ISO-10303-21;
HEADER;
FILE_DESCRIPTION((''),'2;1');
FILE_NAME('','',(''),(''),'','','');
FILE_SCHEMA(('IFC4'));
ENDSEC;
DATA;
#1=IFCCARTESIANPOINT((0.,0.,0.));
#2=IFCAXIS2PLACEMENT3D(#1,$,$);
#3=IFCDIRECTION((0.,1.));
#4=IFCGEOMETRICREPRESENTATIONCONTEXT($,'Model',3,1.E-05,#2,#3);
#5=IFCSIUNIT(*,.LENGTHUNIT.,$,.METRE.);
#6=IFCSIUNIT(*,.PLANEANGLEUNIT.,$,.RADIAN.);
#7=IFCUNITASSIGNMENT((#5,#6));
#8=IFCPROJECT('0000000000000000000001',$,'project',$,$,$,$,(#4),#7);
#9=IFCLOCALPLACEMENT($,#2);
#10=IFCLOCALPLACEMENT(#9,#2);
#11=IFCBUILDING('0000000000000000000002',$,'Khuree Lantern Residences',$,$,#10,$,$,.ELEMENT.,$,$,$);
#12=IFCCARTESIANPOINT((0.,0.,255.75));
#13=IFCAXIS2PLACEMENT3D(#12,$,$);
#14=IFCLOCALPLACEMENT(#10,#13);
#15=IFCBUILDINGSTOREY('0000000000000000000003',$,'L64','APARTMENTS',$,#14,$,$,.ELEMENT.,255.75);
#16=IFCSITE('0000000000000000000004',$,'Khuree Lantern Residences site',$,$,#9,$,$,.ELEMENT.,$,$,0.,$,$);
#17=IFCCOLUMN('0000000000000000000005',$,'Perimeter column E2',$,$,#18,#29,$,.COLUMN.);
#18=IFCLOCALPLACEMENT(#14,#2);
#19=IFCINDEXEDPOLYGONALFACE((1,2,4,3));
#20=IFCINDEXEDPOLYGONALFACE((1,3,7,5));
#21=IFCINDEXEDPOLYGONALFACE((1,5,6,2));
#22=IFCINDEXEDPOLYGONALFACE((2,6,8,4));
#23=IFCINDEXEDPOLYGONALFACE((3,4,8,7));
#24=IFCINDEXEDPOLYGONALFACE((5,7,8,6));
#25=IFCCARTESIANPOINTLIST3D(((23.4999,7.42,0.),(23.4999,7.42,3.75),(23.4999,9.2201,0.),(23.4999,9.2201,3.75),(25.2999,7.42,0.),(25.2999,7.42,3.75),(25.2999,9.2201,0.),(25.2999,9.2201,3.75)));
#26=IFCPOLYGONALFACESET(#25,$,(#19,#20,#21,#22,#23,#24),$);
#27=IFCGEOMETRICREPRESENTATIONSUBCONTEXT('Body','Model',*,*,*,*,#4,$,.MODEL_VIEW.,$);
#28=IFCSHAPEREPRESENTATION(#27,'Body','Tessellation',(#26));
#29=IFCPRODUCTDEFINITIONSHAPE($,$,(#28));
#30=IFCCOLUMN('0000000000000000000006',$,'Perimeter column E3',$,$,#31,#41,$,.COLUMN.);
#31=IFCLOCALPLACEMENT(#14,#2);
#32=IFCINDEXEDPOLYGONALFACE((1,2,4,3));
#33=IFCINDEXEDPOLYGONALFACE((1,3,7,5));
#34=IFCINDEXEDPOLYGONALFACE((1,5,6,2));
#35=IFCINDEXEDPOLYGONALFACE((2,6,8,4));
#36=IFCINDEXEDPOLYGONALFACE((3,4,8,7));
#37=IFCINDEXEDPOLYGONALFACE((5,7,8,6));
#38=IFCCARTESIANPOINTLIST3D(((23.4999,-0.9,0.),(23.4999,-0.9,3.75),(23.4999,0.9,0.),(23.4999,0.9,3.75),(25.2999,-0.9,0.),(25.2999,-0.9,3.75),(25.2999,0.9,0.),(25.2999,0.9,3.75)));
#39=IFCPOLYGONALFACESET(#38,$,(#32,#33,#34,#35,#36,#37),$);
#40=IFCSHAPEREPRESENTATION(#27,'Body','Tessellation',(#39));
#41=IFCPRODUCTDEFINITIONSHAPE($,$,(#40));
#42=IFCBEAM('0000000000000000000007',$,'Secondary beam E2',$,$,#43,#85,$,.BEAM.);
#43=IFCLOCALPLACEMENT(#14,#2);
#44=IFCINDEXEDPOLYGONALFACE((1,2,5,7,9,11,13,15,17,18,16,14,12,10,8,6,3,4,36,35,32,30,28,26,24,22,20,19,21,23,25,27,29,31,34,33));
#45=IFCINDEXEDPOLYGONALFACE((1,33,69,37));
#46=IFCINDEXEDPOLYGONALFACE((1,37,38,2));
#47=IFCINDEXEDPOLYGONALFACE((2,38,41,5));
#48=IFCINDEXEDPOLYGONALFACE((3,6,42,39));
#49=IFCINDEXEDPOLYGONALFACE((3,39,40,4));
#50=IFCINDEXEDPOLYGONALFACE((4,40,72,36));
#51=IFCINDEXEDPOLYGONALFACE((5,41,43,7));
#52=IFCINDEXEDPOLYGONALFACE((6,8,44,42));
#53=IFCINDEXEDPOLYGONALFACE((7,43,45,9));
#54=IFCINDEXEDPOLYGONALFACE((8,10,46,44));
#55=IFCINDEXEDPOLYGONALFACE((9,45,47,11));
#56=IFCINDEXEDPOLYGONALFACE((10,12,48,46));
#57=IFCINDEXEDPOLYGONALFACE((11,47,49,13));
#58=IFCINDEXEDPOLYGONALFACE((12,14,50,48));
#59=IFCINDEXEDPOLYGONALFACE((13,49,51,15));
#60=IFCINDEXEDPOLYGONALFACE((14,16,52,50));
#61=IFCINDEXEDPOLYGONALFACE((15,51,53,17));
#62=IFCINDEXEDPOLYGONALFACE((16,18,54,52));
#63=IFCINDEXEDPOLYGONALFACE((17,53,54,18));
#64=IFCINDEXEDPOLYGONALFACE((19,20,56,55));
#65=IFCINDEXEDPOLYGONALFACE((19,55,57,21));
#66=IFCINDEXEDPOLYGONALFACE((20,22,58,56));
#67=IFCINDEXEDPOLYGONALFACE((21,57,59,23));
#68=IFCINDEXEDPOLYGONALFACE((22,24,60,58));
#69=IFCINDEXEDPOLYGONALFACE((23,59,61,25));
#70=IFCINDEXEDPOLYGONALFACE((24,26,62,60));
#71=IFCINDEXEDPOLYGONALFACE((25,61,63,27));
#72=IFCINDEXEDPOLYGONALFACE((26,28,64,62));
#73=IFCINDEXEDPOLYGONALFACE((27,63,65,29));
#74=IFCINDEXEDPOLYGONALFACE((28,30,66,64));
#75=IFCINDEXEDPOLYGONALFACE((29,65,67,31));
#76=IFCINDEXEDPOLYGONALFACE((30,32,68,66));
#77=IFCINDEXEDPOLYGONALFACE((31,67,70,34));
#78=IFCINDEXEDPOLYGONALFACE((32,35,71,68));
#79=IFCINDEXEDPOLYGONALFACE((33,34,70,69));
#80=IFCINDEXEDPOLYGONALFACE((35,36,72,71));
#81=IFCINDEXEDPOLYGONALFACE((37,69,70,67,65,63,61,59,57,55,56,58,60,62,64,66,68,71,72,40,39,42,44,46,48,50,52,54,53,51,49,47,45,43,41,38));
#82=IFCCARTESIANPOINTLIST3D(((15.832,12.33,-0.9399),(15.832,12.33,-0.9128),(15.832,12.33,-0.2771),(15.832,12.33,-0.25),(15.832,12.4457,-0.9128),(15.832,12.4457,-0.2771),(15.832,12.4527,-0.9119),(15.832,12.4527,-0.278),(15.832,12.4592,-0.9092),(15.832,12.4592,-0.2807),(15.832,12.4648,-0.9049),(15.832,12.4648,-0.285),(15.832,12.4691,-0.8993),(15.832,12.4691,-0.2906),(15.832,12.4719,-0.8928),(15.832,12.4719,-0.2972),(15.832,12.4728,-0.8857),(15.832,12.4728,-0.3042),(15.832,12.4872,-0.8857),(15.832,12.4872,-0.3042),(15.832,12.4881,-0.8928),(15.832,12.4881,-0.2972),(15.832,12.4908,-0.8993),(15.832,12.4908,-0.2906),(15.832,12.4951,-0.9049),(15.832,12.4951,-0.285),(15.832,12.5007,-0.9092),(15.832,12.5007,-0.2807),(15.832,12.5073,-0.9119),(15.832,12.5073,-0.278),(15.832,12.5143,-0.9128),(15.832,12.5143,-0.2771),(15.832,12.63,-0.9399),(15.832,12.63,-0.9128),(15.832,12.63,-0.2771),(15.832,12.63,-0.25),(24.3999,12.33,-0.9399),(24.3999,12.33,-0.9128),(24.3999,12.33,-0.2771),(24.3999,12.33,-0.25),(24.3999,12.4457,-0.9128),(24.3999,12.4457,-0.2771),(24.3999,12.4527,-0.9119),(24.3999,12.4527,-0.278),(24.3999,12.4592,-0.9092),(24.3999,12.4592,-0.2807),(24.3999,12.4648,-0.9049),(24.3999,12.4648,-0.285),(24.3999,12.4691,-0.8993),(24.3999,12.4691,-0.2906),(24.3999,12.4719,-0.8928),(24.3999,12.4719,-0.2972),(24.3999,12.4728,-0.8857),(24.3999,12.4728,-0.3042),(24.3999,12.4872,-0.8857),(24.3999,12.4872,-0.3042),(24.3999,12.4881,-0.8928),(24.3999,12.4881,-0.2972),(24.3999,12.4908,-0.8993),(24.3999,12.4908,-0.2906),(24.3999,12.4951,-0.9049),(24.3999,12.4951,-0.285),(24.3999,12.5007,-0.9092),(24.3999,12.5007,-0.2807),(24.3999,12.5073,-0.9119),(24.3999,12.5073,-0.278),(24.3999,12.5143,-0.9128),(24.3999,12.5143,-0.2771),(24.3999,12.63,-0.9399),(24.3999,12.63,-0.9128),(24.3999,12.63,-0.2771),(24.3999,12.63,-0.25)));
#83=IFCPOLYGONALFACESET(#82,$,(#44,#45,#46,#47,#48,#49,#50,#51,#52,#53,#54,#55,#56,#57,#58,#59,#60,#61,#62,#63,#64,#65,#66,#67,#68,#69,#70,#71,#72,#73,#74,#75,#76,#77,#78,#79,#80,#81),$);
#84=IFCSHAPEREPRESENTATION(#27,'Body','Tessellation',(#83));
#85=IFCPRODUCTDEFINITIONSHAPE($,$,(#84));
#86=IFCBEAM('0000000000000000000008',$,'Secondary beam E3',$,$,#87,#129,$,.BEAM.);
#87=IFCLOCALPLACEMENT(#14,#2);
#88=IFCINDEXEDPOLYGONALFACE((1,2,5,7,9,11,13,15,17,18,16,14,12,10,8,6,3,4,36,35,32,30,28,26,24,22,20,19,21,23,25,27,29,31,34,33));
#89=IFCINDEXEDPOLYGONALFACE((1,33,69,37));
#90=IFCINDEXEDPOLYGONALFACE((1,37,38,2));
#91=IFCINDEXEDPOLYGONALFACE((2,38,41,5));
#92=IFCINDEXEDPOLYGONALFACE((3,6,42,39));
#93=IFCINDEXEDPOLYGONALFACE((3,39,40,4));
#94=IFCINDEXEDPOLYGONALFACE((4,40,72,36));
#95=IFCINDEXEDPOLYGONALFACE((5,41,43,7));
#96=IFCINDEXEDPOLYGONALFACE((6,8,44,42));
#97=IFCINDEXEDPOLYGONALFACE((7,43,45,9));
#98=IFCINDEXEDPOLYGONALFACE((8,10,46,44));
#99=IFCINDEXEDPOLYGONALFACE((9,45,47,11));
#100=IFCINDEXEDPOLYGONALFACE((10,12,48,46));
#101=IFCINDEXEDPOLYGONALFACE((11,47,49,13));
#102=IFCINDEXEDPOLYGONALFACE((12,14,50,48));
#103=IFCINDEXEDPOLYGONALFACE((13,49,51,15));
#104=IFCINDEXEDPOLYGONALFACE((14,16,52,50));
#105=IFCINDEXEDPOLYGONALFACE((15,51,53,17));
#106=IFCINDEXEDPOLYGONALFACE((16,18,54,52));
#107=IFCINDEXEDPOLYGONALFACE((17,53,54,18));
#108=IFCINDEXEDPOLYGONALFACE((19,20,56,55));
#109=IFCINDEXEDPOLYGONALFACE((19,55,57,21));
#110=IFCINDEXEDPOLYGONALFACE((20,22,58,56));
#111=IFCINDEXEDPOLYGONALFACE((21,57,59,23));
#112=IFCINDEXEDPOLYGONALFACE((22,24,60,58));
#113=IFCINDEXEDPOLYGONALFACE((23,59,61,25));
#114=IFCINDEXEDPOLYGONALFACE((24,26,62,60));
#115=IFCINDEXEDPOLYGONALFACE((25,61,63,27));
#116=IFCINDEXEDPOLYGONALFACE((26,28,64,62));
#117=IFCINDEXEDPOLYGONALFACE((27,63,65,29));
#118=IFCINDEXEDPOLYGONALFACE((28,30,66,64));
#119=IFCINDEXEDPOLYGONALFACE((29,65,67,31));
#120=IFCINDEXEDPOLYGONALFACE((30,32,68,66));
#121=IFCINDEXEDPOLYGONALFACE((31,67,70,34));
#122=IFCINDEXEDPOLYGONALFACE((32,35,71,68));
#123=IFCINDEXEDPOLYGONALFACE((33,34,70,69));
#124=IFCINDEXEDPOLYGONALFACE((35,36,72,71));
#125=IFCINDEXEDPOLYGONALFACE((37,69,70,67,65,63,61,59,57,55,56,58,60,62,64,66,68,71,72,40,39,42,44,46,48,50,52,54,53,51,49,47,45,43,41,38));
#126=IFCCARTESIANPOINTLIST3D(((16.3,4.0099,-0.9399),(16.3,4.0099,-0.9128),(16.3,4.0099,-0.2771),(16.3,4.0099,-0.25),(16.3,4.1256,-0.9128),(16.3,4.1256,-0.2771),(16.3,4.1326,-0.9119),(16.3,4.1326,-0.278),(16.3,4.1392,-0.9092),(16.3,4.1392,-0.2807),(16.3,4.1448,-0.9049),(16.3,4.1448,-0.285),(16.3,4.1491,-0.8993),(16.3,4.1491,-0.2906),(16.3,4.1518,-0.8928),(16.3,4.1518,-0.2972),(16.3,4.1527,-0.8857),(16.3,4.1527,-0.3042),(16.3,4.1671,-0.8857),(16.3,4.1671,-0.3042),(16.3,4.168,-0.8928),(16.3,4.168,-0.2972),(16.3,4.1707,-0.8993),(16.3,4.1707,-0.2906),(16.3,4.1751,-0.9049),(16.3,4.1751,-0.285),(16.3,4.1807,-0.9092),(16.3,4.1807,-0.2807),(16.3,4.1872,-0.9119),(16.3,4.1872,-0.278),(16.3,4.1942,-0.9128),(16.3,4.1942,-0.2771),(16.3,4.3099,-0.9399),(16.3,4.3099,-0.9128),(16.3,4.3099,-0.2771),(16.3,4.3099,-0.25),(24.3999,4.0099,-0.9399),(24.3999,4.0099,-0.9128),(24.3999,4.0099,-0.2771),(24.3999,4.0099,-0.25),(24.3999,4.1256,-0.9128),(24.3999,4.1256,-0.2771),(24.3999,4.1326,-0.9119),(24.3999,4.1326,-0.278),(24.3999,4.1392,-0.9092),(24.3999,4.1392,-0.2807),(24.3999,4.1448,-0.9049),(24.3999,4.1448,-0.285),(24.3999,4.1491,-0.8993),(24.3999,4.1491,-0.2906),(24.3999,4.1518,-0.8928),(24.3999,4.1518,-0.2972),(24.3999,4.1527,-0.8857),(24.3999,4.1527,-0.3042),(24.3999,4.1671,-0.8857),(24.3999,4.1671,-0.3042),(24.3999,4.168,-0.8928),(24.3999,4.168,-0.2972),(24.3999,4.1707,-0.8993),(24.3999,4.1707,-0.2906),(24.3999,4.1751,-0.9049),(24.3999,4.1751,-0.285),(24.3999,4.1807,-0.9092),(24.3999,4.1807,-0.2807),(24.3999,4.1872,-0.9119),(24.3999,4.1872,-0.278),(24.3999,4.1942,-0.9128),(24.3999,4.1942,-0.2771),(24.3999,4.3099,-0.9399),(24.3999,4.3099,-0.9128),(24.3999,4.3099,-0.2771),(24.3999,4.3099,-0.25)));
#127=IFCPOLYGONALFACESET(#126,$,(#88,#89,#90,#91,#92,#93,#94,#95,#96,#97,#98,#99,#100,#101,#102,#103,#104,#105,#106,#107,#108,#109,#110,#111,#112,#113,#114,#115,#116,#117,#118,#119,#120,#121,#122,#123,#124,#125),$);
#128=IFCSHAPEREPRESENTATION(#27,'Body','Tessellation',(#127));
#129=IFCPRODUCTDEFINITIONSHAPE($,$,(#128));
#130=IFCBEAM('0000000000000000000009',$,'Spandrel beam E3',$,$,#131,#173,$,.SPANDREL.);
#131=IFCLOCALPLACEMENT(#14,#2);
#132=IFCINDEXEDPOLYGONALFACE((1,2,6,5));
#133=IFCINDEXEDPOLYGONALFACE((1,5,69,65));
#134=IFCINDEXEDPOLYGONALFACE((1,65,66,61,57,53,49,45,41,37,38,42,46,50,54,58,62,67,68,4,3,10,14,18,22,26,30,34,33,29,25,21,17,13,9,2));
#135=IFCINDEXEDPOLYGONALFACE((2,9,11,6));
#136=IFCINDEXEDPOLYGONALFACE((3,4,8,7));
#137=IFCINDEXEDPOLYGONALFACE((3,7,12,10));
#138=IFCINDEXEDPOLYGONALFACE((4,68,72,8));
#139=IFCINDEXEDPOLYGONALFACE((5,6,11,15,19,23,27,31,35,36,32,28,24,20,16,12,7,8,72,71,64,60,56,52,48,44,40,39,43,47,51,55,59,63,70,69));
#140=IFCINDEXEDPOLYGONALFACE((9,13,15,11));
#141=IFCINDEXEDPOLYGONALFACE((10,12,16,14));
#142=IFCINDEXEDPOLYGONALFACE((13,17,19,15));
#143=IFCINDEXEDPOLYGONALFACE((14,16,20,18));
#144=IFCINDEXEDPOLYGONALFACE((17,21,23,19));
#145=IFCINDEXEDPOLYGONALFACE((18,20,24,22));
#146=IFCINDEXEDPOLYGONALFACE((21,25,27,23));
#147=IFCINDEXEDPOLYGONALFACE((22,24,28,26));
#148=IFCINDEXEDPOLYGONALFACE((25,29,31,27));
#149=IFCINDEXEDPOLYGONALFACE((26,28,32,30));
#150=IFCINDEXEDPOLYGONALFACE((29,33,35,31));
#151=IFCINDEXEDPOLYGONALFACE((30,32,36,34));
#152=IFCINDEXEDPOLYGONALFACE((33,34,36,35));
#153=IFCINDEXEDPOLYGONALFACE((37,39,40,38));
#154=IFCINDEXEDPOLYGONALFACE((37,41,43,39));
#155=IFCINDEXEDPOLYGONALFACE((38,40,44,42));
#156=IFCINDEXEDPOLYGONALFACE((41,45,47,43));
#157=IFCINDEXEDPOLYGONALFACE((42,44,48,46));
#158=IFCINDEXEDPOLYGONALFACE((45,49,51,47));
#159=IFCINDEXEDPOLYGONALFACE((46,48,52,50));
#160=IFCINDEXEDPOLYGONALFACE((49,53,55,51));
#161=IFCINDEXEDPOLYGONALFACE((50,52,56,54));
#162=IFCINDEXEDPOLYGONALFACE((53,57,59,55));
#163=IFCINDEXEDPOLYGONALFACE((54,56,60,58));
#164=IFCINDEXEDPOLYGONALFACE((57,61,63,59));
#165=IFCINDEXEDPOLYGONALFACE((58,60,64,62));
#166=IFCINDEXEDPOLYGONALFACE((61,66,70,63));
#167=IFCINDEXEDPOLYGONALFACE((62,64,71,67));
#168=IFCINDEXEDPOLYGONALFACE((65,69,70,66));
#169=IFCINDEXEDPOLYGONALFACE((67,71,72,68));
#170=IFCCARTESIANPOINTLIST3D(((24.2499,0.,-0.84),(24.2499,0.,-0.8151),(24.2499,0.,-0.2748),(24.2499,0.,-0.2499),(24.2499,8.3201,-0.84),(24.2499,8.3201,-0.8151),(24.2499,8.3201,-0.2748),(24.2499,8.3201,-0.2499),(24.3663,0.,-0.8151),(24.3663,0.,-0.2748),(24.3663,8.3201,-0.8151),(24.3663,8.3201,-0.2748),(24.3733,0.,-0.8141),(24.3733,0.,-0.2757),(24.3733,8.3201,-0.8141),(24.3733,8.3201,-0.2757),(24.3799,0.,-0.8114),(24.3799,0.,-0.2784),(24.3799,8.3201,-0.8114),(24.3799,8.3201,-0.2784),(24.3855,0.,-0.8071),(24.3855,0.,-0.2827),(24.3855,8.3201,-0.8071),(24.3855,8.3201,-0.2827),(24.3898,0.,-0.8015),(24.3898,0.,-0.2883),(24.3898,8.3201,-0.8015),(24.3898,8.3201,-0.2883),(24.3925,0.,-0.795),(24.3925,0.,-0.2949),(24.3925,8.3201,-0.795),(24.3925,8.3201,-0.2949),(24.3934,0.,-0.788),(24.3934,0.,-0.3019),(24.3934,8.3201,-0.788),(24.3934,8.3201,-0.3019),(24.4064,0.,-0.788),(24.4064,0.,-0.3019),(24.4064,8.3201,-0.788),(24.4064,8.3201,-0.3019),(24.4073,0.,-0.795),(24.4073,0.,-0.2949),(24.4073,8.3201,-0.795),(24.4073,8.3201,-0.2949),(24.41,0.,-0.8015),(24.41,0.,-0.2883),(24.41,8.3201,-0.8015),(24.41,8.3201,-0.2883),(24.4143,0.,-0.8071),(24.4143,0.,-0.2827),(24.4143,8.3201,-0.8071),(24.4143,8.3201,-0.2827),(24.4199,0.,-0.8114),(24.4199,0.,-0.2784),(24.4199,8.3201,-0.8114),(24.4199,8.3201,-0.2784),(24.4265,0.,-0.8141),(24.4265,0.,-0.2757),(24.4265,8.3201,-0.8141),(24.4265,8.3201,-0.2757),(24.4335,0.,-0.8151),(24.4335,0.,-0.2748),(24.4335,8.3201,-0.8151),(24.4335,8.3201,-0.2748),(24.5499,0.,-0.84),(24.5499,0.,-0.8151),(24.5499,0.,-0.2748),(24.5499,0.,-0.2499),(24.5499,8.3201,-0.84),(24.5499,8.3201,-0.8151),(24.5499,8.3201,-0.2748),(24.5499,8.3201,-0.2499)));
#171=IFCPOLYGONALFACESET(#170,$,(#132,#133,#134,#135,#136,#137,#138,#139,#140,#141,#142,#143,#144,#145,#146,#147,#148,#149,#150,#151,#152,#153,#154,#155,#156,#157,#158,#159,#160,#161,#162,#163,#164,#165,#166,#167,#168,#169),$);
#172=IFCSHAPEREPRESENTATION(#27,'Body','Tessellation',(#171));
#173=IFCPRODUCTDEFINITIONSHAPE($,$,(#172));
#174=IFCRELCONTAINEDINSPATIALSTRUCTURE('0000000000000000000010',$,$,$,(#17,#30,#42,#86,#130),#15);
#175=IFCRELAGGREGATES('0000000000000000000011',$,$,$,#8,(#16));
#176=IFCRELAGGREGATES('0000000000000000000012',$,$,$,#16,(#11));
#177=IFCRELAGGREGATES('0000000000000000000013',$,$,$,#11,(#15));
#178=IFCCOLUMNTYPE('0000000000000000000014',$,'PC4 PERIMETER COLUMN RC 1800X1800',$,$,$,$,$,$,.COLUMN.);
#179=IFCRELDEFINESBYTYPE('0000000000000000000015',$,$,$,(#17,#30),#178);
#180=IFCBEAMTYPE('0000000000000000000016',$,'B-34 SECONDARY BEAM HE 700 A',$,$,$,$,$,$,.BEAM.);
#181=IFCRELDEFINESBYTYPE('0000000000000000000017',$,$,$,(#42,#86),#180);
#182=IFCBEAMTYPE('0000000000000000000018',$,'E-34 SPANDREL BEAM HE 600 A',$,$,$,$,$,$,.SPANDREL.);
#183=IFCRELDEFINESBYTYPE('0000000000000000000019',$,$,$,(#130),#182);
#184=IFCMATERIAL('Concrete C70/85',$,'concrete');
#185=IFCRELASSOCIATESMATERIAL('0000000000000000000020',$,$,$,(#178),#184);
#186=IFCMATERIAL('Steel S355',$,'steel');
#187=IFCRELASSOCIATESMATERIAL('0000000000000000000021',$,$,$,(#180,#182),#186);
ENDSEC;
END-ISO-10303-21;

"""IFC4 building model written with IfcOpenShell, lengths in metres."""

from ifc_helpers import new_model, si_unit, direction, frame, origin, origin_2d, place, context, subcontext, project, spatial, rectangle, i_section, extrude, material, material_profile, profile_set, type_object, element, save


model = new_model("IFC4")

# Units and contexts
model_context = context("Model", 3, precision=1e-05, world=origin(), true_north=direction((0.0, 1.0)))
body_context = subcontext(model_context, "Body", "Model", "MODEL_VIEW")
ifc_project = project(units=[si_unit("LENGTHUNIT", "METRE"), si_unit("PLANEANGLEUNIT", "RADIAN")], contexts=[model_context])

# Site, building, storey
site_placement = place(None, origin())
site = spatial("IfcSite", under=ifc_project, at=site_placement, Name="Khuree Lantern Residences site", CompositionType="ELEMENT", RefElevation=0.0)
building_placement = place(site_placement, origin())
building = spatial("IfcBuilding", under=site, at=building_placement, Name="Khuree Lantern Residences", CompositionType="ELEMENT")
storey_placement = place(building_placement, frame((0.0, 0.0, 255.75)))
storey = spatial("IfcBuildingStorey", under=building, at=storey_placement, Name="L64", Description="APARTMENTS", CompositionType="ELEMENT", Elevation=255.75)

# Columns
ifc_material_1 = material(Name="Concrete C70/85", Category="concrete")
ifc_material_profile_1 = material_profile(ifc_material_1, rectangle(XDim=1.8, YDim=1.8, at=origin_2d()), Name="RC 1800X1800")
ifc_profile_set_1 = profile_set([ifc_material_profile_1], Name="Concrete C70/85")
column_type = type_object("IfcColumnType", Name="PC4 PERIMETER COLUMN RC 1800X1800", PredefinedType="COLUMN", material=ifc_profile_set_1)
for number, where, z_axis, x_axis, name in (
    (1, (24.3999, 8.3201, 0.0), (0.0, 0.0, 1.0), (0.0, 1.0, 0.0), "Perimeter column E2"),
    (2, (24.3999, 0.0, 0.0), (0.0, 0.0, 1.0), (0.0, 1.0, 0.0), "Perimeter column E3"),
):
    element("IfcColumn", number, at=place(storey_placement, frame(where, z_axis=z_axis, x_axis=x_axis)), inside=storey, type_object=column_type, Name=name, PredefinedType="COLUMN", context=body_context, shape_type="SweptSolid", body=[
        extrude(rectangle(XDim=1.8, YDim=1.8, at=origin_2d()), origin(), (0.0, 0.0, 1.0), 3.75),
    ])

# Beams
ifc_material_2 = material(Name="Steel S355", Category="steel")
ifc_material_profile_2 = material_profile(ifc_material_2, i_section(OverallWidth=0.3, OverallDepth=0.6899, WebThickness=0.0144, FlangeThickness=0.0271, FilletRadius=0.0271, at=origin_2d()), Name="HE 700 A")
ifc_profile_set_2 = profile_set([ifc_material_profile_2], Name="Steel S355")
beam_type_1 = type_object("IfcBeamType", Name="B-34 SECONDARY BEAM HE 700 A", PredefinedType="BEAM", material=ifc_profile_set_2)
beam_1_placement = place(storey_placement, frame((24.3999, 12.48, -0.595), z_axis=(-1.0, 0.0, 0.0), x_axis=(0.0, -1.0, 0.0)))
element("IfcBeam", 3, at=beam_1_placement, inside=storey, type_object=beam_type_1, Name="Secondary beam E2", PredefinedType="BEAM", context=body_context, shape_type="SweptSolid", body=[
    extrude(i_section(OverallWidth=0.3, OverallDepth=0.6899, WebThickness=0.0144, FlangeThickness=0.0271, FilletRadius=0.0271, at=origin_2d()), origin(), (0.0, 0.0, 1.0), 8.5679),
])
beam_2_placement = place(storey_placement, frame((24.3999, 4.1599, -0.595), z_axis=(-1.0, 0.0, 0.0), x_axis=(0.0, -1.0, 0.0)))
element("IfcBeam", 4, at=beam_2_placement, inside=storey, type_object=beam_type_1, Name="Secondary beam E3", PredefinedType="BEAM", context=body_context, shape_type="SweptSolid", body=[
    extrude(i_section(OverallWidth=0.3, OverallDepth=0.6899, WebThickness=0.0144, FlangeThickness=0.0271, FilletRadius=0.0271, at=origin_2d()), origin(), (0.0, 0.0, 1.0), 8.0999),
])
ifc_material_profile_3 = material_profile(ifc_material_2, i_section(OverallWidth=0.3, OverallDepth=0.5901, WebThickness=0.0129, FlangeThickness=0.0249, FilletRadius=0.0271, at=origin_2d()), Name="HE 600 A")
ifc_profile_set_3 = profile_set([ifc_material_profile_3], Name="Steel S355")
beam_type_2 = type_object("IfcBeamType", Name="E-34 SPANDREL BEAM HE 600 A", PredefinedType="SPANDREL", material=ifc_profile_set_3)
for number, where, z_axis, x_axis, name in (
    (5, (24.3999, 8.3201, -0.5449), (0.0, -1.0, 0.0), (1.0, 0.0, 0.0), "Spandrel beam E3"),
):
    element("IfcBeam", number, at=place(storey_placement, frame(where, z_axis=z_axis, x_axis=x_axis)), inside=storey, type_object=beam_type_2, Name=name, PredefinedType="SPANDREL", context=body_context, shape_type="SweptSolid", body=[
        extrude(i_section(OverallWidth=0.3, OverallDepth=0.5901, WebThickness=0.0129, FlangeThickness=0.0249, FilletRadius=0.0271, at=origin_2d()), origin(), (0.0, 0.0, 1.0), 8.3201),
    ])

save(model, "model.ifc")
